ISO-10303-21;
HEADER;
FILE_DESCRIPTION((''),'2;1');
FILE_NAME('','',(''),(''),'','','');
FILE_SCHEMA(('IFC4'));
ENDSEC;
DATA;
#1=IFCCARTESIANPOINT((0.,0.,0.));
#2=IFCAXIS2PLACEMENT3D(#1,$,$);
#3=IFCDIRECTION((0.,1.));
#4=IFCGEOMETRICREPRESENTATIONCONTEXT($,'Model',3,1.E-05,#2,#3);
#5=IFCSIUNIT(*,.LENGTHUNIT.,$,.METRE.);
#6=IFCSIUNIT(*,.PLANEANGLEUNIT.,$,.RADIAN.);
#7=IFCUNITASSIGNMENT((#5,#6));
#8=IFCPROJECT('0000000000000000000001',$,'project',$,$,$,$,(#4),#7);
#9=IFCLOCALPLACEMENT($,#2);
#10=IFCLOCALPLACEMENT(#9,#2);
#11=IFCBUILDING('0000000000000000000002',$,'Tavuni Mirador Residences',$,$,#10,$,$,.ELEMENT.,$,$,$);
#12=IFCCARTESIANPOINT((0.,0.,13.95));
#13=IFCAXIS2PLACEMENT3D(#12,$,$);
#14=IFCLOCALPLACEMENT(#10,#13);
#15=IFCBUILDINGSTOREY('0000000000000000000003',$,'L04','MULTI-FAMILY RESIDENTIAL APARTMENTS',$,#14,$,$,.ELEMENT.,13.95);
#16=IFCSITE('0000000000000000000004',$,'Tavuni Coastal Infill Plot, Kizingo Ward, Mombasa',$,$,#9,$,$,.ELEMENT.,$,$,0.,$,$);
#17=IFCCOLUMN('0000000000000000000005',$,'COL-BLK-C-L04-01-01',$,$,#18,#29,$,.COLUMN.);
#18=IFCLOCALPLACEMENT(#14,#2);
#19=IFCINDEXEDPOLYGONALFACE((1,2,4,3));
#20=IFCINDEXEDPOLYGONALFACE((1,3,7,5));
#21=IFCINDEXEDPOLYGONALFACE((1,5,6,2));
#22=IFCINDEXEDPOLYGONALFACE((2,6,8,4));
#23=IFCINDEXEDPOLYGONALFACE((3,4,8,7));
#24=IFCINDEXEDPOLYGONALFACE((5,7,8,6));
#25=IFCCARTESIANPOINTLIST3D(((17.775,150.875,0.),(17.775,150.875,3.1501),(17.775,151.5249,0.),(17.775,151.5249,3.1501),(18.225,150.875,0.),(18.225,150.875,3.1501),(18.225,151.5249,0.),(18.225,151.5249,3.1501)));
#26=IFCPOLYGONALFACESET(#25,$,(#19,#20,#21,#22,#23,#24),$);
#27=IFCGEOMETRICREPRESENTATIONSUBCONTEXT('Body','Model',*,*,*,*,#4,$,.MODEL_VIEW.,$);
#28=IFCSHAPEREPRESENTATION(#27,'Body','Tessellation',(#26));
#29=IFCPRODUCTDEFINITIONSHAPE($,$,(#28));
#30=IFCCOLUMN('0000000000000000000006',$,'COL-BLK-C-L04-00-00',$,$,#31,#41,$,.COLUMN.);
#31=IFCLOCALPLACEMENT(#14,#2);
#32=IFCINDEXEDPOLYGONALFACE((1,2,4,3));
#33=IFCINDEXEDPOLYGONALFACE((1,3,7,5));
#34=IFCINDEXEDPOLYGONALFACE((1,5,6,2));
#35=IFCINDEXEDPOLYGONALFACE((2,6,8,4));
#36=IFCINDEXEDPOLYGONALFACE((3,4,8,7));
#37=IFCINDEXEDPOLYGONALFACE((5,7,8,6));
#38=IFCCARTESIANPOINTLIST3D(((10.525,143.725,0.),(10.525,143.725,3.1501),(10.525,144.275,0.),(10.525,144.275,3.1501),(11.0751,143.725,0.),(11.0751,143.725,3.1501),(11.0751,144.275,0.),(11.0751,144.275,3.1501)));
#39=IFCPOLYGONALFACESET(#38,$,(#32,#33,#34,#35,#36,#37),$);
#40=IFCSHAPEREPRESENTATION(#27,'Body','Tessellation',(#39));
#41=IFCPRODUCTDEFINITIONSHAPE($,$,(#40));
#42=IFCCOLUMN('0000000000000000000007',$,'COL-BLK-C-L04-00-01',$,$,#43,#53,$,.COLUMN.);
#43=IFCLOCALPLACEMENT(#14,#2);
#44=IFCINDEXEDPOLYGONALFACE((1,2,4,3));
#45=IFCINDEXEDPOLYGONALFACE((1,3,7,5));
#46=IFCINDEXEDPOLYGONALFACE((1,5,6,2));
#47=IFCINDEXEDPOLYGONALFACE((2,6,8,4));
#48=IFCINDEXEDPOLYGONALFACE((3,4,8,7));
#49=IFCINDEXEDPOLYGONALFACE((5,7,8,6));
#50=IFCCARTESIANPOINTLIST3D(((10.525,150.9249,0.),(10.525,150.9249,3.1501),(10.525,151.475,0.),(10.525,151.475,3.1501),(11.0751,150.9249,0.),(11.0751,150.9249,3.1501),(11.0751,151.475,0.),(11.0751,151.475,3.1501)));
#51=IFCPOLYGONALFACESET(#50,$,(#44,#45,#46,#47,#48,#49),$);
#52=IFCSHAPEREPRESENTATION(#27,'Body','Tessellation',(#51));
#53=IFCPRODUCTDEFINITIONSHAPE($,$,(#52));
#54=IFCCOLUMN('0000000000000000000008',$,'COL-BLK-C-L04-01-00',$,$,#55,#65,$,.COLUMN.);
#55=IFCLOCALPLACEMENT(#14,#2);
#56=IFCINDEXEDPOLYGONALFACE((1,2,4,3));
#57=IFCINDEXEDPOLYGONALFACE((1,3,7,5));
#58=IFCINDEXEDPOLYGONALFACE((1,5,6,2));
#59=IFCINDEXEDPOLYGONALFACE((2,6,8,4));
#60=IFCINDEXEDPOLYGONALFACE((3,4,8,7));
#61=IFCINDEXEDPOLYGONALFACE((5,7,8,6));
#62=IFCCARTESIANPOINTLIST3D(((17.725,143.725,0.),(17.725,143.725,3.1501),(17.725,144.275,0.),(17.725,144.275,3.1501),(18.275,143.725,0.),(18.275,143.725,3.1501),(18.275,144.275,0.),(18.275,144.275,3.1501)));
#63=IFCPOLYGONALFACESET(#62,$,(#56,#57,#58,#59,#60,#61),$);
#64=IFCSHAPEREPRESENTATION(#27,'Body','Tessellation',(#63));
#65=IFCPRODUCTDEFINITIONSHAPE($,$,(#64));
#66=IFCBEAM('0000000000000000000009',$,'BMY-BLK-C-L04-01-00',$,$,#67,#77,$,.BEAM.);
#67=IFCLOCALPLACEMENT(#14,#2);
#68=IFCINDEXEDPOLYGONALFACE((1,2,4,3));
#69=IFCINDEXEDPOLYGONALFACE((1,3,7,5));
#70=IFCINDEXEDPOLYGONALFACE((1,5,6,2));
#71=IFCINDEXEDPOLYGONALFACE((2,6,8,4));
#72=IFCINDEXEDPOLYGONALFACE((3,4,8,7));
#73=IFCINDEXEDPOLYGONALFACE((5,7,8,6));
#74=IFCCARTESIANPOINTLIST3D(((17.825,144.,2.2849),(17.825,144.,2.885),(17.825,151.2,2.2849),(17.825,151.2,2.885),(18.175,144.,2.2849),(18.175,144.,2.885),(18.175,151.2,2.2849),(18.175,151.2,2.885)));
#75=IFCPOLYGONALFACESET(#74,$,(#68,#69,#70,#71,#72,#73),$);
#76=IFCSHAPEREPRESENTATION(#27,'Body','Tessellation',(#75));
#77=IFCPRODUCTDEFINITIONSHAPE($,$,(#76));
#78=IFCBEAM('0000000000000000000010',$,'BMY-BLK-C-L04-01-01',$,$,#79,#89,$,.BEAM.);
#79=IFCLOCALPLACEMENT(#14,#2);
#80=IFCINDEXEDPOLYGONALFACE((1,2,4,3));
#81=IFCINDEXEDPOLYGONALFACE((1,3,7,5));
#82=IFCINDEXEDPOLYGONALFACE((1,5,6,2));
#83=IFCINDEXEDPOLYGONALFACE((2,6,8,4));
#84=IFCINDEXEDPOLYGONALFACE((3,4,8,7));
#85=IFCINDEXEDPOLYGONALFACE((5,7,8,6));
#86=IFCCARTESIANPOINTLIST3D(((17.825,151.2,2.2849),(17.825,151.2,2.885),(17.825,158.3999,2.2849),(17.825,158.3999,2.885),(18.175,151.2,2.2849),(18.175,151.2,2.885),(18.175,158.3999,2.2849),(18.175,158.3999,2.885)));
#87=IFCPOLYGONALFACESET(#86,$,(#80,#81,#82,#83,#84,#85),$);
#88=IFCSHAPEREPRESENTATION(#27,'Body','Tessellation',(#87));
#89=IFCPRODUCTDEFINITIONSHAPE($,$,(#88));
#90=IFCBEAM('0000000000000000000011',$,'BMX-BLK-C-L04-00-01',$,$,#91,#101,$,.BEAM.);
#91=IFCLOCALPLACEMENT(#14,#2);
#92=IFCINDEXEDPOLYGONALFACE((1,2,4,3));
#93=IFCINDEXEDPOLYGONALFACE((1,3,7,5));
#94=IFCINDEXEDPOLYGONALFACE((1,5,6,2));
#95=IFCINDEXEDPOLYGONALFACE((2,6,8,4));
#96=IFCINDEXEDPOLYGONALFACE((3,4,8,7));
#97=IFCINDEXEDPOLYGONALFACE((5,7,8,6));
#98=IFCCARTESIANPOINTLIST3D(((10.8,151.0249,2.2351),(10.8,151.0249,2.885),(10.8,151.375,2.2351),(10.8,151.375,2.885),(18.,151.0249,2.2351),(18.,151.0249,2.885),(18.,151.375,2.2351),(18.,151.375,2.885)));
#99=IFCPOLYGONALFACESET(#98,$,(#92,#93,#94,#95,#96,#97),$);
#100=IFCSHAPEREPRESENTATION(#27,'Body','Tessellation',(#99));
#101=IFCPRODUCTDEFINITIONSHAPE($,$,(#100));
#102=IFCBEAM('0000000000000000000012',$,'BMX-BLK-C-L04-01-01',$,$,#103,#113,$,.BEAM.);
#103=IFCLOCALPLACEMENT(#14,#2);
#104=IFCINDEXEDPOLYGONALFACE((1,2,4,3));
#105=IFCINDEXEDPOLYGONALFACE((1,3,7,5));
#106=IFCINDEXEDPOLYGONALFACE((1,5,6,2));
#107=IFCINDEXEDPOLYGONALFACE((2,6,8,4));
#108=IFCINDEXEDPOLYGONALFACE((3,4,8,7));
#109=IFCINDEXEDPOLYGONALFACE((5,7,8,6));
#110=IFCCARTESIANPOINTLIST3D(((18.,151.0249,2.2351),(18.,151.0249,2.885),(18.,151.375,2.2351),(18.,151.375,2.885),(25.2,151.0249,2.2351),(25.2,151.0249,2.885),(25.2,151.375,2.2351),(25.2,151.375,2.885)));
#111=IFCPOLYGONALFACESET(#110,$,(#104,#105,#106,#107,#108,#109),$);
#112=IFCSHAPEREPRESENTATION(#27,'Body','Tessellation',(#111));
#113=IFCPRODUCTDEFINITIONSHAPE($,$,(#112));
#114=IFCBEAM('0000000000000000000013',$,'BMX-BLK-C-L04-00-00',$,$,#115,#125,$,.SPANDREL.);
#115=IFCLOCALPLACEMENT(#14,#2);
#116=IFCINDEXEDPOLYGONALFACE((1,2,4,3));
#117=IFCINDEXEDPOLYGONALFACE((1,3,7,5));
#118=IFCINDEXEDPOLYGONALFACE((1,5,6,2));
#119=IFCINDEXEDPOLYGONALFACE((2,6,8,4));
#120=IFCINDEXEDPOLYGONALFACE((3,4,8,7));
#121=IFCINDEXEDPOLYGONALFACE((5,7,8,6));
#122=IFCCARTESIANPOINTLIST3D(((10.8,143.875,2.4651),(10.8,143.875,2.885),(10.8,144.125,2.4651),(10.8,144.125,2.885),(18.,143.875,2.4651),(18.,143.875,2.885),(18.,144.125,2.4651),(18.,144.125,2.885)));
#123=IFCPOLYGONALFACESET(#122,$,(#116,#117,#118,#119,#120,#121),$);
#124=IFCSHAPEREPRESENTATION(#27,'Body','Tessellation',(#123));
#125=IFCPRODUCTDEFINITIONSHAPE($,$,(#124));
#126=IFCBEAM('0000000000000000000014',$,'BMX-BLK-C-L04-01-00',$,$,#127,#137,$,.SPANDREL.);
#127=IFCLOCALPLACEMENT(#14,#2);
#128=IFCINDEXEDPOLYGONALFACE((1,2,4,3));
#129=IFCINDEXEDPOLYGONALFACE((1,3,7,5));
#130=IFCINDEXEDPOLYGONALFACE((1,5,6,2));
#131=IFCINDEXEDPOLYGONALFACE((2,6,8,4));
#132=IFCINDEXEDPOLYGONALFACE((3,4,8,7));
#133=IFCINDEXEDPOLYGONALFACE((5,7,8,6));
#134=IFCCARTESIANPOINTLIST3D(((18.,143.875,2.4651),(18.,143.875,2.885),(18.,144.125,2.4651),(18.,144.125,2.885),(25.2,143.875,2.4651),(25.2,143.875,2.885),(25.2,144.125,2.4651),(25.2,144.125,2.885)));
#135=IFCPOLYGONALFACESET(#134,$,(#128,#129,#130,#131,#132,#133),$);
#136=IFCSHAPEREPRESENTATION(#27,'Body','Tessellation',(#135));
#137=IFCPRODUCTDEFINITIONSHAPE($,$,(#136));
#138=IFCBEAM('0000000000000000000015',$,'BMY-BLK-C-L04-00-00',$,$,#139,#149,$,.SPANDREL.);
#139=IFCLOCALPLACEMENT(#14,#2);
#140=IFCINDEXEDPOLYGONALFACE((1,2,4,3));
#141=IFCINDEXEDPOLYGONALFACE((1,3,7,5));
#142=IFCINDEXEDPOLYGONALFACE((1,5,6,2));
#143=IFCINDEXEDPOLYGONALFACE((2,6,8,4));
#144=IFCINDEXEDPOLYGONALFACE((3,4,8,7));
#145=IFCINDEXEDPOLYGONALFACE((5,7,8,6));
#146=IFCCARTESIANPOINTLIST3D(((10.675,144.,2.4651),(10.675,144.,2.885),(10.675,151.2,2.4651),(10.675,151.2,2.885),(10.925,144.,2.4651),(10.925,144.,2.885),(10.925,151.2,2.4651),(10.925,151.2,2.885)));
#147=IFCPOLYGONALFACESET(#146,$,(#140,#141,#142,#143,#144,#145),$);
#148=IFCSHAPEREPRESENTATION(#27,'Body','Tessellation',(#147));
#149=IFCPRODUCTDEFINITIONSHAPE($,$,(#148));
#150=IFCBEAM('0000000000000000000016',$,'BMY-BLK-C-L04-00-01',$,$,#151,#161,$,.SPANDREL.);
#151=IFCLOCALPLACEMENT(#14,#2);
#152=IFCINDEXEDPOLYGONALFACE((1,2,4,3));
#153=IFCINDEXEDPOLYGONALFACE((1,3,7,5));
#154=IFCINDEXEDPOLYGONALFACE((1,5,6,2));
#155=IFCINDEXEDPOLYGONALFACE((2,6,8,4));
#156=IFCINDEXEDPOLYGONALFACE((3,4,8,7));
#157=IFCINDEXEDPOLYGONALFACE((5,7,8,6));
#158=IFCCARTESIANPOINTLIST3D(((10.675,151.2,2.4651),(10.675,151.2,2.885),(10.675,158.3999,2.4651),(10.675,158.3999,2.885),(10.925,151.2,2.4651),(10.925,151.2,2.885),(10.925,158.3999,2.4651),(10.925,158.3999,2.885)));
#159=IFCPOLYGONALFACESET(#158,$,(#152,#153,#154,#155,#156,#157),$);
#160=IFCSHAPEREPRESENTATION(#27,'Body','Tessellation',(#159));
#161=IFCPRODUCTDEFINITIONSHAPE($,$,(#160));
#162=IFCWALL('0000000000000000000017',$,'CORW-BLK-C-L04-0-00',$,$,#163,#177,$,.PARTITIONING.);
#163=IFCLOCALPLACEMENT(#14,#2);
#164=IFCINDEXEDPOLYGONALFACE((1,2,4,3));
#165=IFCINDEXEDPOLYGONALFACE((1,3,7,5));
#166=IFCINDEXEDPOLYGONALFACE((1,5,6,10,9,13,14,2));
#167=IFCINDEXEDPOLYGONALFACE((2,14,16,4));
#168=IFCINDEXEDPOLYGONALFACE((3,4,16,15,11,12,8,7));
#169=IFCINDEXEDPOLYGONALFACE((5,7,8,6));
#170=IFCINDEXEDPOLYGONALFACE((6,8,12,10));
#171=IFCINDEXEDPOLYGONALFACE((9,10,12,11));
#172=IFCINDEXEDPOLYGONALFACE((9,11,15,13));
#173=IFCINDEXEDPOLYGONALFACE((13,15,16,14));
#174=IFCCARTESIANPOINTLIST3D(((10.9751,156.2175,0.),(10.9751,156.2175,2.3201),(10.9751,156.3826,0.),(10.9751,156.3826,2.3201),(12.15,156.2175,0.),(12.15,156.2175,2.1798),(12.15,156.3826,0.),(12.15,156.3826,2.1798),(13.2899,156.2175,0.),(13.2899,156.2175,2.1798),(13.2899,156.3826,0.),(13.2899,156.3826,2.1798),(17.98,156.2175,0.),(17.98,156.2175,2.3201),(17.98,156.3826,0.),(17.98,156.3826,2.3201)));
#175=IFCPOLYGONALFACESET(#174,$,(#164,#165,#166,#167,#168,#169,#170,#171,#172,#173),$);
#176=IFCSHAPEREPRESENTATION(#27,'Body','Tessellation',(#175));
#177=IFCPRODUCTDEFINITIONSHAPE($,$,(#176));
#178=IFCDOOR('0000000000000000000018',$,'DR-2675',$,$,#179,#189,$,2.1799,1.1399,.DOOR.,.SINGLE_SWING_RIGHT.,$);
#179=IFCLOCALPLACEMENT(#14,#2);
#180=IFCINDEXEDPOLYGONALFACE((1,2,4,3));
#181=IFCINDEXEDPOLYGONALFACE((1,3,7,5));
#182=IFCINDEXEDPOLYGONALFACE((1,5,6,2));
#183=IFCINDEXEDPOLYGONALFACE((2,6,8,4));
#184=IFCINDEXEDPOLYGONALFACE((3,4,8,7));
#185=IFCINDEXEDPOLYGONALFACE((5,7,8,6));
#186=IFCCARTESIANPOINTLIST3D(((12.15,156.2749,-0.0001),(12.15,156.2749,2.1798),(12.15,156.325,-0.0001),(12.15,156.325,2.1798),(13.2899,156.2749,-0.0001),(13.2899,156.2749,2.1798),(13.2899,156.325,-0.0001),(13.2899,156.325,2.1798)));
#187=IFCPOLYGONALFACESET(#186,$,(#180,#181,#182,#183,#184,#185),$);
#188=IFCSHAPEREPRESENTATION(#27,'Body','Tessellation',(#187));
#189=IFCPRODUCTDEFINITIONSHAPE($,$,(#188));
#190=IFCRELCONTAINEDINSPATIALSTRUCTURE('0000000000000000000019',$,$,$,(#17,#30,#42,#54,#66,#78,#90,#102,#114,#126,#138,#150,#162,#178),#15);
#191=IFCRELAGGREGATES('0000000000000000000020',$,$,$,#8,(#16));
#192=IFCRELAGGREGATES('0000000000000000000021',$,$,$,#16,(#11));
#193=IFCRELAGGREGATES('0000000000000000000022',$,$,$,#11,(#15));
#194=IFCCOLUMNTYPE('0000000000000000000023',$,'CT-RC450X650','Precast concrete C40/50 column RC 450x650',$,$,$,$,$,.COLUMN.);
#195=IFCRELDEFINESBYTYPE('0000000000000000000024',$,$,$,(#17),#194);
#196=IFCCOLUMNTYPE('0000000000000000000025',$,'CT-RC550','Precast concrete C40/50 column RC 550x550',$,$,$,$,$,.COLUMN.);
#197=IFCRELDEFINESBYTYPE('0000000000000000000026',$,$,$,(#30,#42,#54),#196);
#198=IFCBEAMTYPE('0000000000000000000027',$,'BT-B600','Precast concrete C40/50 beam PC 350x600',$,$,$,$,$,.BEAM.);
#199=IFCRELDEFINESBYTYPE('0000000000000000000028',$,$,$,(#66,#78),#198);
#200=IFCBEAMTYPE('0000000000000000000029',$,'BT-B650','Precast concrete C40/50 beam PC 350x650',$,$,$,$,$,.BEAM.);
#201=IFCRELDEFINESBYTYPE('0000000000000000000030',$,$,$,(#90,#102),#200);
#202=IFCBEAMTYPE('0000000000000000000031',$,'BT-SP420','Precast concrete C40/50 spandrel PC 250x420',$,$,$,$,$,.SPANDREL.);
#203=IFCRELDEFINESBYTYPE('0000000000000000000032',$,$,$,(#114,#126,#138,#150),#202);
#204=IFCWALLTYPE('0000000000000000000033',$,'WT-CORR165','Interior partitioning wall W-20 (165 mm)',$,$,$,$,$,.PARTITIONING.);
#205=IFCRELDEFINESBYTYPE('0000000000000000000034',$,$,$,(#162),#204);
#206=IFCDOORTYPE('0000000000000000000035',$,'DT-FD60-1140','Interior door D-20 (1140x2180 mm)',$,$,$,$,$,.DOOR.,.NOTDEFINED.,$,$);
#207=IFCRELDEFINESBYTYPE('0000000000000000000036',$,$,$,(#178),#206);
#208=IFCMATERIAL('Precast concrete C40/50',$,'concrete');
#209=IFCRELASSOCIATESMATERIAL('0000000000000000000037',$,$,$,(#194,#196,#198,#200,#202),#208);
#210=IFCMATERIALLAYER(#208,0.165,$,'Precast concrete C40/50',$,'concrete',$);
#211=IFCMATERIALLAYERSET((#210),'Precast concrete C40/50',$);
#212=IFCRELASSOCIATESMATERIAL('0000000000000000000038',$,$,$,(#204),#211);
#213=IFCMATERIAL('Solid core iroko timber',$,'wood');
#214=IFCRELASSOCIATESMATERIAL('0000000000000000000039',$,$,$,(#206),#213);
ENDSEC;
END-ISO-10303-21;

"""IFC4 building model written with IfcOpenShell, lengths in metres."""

from ifc_helpers import new_model, si_unit, direction, frame, frame_2d, origin, origin_2d, place, context, subcontext, project, spatial, rectangle, extrude, material, layer, layer_set, material_profile, profile_set, type_object, element, fill, save


model = new_model("IFC4")

# Units and contexts
model_context = context("Model", 3, precision=1e-05, world=origin(), true_north=direction((0.0, 1.0)))
body_context = subcontext(model_context, "Body", "Model", "MODEL_VIEW")
ifc_project = project(units=[si_unit("LENGTHUNIT", "METRE"), si_unit("PLANEANGLEUNIT", "RADIAN")], contexts=[model_context])

# Site, building, storey
site_placement = place(None, origin())
site = spatial("IfcSite", under=ifc_project, at=site_placement, Name="Tavuni Coastal Infill Plot, Kizingo Ward, Mombasa", CompositionType="ELEMENT", RefElevation=0.0)
building_placement = place(site_placement, origin())
building = spatial("IfcBuilding", under=site, at=building_placement, Name="Tavuni Mirador Residences", CompositionType="ELEMENT")
storey_placement = place(building_placement, frame((0.0, 0.0, 13.95)))
storey = spatial("IfcBuildingStorey", under=building, at=storey_placement, Name="L04", Description="MULTI-FAMILY RESIDENTIAL APARTMENTS", CompositionType="ELEMENT", Elevation=13.95)

# Columns
ifc_material_1 = material(Name="Precast concrete C40/50", Category="concrete")
ifc_material_profile_1 = material_profile(ifc_material_1, rectangle(XDim=0.45, YDim=0.6499, at=origin_2d()), Name="RC 450x650", Category="concrete")
ifc_profile_set_1 = profile_set([ifc_material_profile_1], Name="Precast concrete C40/50")
column_type_1 = type_object("IfcColumnType", Name="CT-RC450X650", Description="Precast concrete C40/50 column RC 450x650", PredefinedType="COLUMN", material=ifc_profile_set_1)
column_placement = place(storey_placement, frame((18.0, 151.2, 0.0), z_axis=(0.0, 0.0, 1.0), x_axis=(1.0, 0.0, 0.0)))
element("IfcColumn", 1, at=column_placement, inside=storey, type_object=column_type_1, Name="COL-BLK-C-L04-01-01", PredefinedType="COLUMN", context=body_context, shape_type="SweptSolid", body=[
    extrude(rectangle(XDim=0.45, YDim=0.6499, at=origin_2d()), origin(), (0.0, 0.0, 1.0), 3.1501),
])
ifc_material_profile_2 = material_profile(ifc_material_1, rectangle(XDim=0.55, YDim=0.55, at=origin_2d()), Name="RC 550x550", Category="concrete")
ifc_profile_set_2 = profile_set([ifc_material_profile_2], Name="Precast concrete C40/50")
column_type_2 = type_object("IfcColumnType", Name="CT-RC550", Description="Precast concrete C40/50 column RC 550x550", PredefinedType="COLUMN", material=ifc_profile_set_2)
for number, where, z_axis, x_axis, name in (
    (2, (10.8, 144.0, 0.0), (0.0, 0.0, 1.0), (1.0, 0.0, 0.0), "COL-BLK-C-L04-00-00"),
    (3, (10.8, 151.2, 0.0), (0.0, 0.0, 1.0), (1.0, 0.0, 0.0), "COL-BLK-C-L04-00-01"),
    (4, (18.0, 144.0, 0.0), (0.0, 0.0, 1.0), (1.0, 0.0, 0.0), "COL-BLK-C-L04-01-00"),
):
    element("IfcColumn", number, at=place(storey_placement, frame(where, z_axis=z_axis, x_axis=x_axis)), inside=storey, type_object=column_type_2, Name=name, PredefinedType="COLUMN", context=body_context, shape_type="SweptSolid", body=[
        extrude(rectangle(XDim=0.55, YDim=0.55, at=origin_2d()), origin(), (0.0, 0.0, 1.0), 3.1501),
    ])

# Beams
ifc_material_profile_3 = material_profile(ifc_material_1, rectangle(XDim=0.3501, YDim=0.6001, at=origin_2d()), Name="PC 350x600", Category="concrete")
ifc_profile_set_3 = profile_set([ifc_material_profile_3], Name="Precast concrete C40/50")
beam_type_1 = type_object("IfcBeamType", Name="BT-B600", Description="Precast concrete C40/50 beam PC 350x600", PredefinedType="BEAM", material=ifc_profile_set_3)
for number, where, z_axis, x_axis, name in (
    (5, (18.0, 144.0, 2.585), (0.0, 1.0, 0.0), (-1.0, 0.0, 0.0), "BMY-BLK-C-L04-01-00"),
    (6, (18.0, 151.2, 2.585), (0.0, 1.0, 0.0), (-1.0, 0.0, 0.0), "BMY-BLK-C-L04-01-01"),
):
    element("IfcBeam", number, at=place(storey_placement, frame(where, z_axis=z_axis, x_axis=x_axis)), inside=storey, type_object=beam_type_1, Name=name, PredefinedType="BEAM", context=body_context, shape_type="SweptSolid", body=[
        extrude(rectangle(XDim=0.3501, YDim=0.6001, at=origin_2d()), origin(), (0.0, 0.0, 1.0), 7.2),
    ])
ifc_material_profile_4 = material_profile(ifc_material_1, rectangle(XDim=0.3501, YDim=0.6499, at=origin_2d()), Name="PC 350x650", Category="concrete")
ifc_profile_set_4 = profile_set([ifc_material_profile_4], Name="Precast concrete C40/50")
beam_type_2 = type_object("IfcBeamType", Name="BT-B650", Description="Precast concrete C40/50 beam PC 350x650", PredefinedType="BEAM", material=ifc_profile_set_4)
for number, where, z_axis, x_axis, name in (
    (7, (10.8, 151.2, 2.5601), (1.0, 0.0, 0.0), (0.0, 1.0, 0.0), "BMX-BLK-C-L04-00-01"),
    (8, (18.0, 151.2, 2.5601), (1.0, 0.0, 0.0), (0.0, 1.0, 0.0), "BMX-BLK-C-L04-01-01"),
):
    element("IfcBeam", number, at=place(storey_placement, frame(where, z_axis=z_axis, x_axis=x_axis)), inside=storey, type_object=beam_type_2, Name=name, PredefinedType="BEAM", context=body_context, shape_type="SweptSolid", body=[
        extrude(rectangle(XDim=0.3501, YDim=0.6499, at=origin_2d()), origin(), (0.0, 0.0, 1.0), 7.2),
    ])
ifc_material_profile_5 = material_profile(ifc_material_1, rectangle(XDim=0.25, YDim=0.4199, at=origin_2d()), Name="PC 250x420", Category="concrete")
ifc_profile_set_5 = profile_set([ifc_material_profile_5], Name="Precast concrete C40/50")
beam_type_3 = type_object("IfcBeamType", Name="BT-SP420", Description="Precast concrete C40/50 spandrel PC 250x420", PredefinedType="SPANDREL", material=ifc_profile_set_5)
for number, where, z_axis, x_axis, name in (
    (9, (10.8, 144.0, 2.675), (1.0, 0.0, 0.0), (0.0, 1.0, 0.0), "BMX-BLK-C-L04-00-00"),
    (10, (18.0, 144.0, 2.675), (1.0, 0.0, 0.0), (0.0, 1.0, 0.0), "BMX-BLK-C-L04-01-00"),
    (11, (10.8, 144.0, 2.675), (0.0, 1.0, 0.0), (-1.0, 0.0, 0.0), "BMY-BLK-C-L04-00-00"),
    (12, (10.8, 151.2, 2.675), (0.0, 1.0, 0.0), (-1.0, 0.0, 0.0), "BMY-BLK-C-L04-00-01"),
):
    element("IfcBeam", number, at=place(storey_placement, frame(where, z_axis=z_axis, x_axis=x_axis)), inside=storey, type_object=beam_type_3, Name=name, PredefinedType="SPANDREL", context=body_context, shape_type="SweptSolid", body=[
        extrude(rectangle(XDim=0.25, YDim=0.4199, at=origin_2d()), origin(), (0.0, 0.0, 1.0), 7.2),
    ])

# Wall, opening, door
ifc_layer_1 = layer(ifc_material_1, 0.165, Name="Precast concrete C40/50", Category="concrete")
ifc_layer_set_1 = layer_set([ifc_layer_1], Name="Precast concrete C40/50")
wall_type_1 = type_object("IfcWallType", Name="WT-CORR165", Description="Interior partitioning wall W-20 (165 mm)", PredefinedType="PARTITIONING", material=ifc_layer_set_1)
wall_1_placement = place(storey_placement, frame((10.9751, 156.3, 0.0), z_axis=(0.0, 0.0, 1.0), x_axis=(1.0, 0.0, 0.0)))
wall_1 = element("IfcWall", 13, at=wall_1_placement, inside=storey, type_object=wall_type_1, Name="CORW-BLK-C-L04-0-00", PredefinedType="PARTITIONING", context=body_context, shape_type="SweptSolid", body=[
    extrude(rectangle(XDim=7.0049, YDim=0.165, at=frame_2d((3.5024, 0.0))), origin(), (0.0, 0.0, 1.0), 2.3201),
])
opening_1_placement = place(wall_1_placement, frame((1.175, 0.0, 0.0)))
opening_1 = element("IfcOpeningElement", 14, at=opening_1_placement, cuts=wall_1, PredefinedType="OPENING", context=body_context, shape_type="SweptSolid", body=[
    extrude(rectangle(XDim=1.1399, YDim=2.1799, at=frame_2d((0.5698, 1.0898))), frame((0.0, 0.0925, 0.0), z_axis=(0.0, -1.0, 0.0), x_axis=(1.0, 0.0, 0.0)), (0.0, 0.0, 1.0), 0.1851),
])
ifc_material_2 = material(Name="Solid core iroko timber", Category="wood")
door_type_1 = type_object("IfcDoorType", Name="DT-FD60-1140", Description="Interior door D-20 (1140x2180 mm)", OperationType="NOTDEFINED", PredefinedType="DOOR", material=ifc_material_2)
door_1_placement = place(opening_1_placement, origin())
door_1 = element("IfcDoor", 15, at=door_1_placement, inside=storey, type_object=door_type_1, Name="DR-2675", OperationType="SINGLE_SWING_RIGHT", OverallHeight=2.1799, OverallWidth=1.1399, PredefinedType="DOOR", context=body_context, shape_type="SweptSolid", body=[
    extrude(rectangle(XDim=1.1399, YDim=2.1799, at=frame_2d((0.5698, 1.0898))), frame((0.0, 0.0249, 0.0), z_axis=(0.0, -1.0, 0.0), x_axis=(1.0, 0.0, 0.0)), (0.0, 0.0, 1.0), 0.05),
])
fill(opening_1, door_1)

save(model, "model.ifc")
